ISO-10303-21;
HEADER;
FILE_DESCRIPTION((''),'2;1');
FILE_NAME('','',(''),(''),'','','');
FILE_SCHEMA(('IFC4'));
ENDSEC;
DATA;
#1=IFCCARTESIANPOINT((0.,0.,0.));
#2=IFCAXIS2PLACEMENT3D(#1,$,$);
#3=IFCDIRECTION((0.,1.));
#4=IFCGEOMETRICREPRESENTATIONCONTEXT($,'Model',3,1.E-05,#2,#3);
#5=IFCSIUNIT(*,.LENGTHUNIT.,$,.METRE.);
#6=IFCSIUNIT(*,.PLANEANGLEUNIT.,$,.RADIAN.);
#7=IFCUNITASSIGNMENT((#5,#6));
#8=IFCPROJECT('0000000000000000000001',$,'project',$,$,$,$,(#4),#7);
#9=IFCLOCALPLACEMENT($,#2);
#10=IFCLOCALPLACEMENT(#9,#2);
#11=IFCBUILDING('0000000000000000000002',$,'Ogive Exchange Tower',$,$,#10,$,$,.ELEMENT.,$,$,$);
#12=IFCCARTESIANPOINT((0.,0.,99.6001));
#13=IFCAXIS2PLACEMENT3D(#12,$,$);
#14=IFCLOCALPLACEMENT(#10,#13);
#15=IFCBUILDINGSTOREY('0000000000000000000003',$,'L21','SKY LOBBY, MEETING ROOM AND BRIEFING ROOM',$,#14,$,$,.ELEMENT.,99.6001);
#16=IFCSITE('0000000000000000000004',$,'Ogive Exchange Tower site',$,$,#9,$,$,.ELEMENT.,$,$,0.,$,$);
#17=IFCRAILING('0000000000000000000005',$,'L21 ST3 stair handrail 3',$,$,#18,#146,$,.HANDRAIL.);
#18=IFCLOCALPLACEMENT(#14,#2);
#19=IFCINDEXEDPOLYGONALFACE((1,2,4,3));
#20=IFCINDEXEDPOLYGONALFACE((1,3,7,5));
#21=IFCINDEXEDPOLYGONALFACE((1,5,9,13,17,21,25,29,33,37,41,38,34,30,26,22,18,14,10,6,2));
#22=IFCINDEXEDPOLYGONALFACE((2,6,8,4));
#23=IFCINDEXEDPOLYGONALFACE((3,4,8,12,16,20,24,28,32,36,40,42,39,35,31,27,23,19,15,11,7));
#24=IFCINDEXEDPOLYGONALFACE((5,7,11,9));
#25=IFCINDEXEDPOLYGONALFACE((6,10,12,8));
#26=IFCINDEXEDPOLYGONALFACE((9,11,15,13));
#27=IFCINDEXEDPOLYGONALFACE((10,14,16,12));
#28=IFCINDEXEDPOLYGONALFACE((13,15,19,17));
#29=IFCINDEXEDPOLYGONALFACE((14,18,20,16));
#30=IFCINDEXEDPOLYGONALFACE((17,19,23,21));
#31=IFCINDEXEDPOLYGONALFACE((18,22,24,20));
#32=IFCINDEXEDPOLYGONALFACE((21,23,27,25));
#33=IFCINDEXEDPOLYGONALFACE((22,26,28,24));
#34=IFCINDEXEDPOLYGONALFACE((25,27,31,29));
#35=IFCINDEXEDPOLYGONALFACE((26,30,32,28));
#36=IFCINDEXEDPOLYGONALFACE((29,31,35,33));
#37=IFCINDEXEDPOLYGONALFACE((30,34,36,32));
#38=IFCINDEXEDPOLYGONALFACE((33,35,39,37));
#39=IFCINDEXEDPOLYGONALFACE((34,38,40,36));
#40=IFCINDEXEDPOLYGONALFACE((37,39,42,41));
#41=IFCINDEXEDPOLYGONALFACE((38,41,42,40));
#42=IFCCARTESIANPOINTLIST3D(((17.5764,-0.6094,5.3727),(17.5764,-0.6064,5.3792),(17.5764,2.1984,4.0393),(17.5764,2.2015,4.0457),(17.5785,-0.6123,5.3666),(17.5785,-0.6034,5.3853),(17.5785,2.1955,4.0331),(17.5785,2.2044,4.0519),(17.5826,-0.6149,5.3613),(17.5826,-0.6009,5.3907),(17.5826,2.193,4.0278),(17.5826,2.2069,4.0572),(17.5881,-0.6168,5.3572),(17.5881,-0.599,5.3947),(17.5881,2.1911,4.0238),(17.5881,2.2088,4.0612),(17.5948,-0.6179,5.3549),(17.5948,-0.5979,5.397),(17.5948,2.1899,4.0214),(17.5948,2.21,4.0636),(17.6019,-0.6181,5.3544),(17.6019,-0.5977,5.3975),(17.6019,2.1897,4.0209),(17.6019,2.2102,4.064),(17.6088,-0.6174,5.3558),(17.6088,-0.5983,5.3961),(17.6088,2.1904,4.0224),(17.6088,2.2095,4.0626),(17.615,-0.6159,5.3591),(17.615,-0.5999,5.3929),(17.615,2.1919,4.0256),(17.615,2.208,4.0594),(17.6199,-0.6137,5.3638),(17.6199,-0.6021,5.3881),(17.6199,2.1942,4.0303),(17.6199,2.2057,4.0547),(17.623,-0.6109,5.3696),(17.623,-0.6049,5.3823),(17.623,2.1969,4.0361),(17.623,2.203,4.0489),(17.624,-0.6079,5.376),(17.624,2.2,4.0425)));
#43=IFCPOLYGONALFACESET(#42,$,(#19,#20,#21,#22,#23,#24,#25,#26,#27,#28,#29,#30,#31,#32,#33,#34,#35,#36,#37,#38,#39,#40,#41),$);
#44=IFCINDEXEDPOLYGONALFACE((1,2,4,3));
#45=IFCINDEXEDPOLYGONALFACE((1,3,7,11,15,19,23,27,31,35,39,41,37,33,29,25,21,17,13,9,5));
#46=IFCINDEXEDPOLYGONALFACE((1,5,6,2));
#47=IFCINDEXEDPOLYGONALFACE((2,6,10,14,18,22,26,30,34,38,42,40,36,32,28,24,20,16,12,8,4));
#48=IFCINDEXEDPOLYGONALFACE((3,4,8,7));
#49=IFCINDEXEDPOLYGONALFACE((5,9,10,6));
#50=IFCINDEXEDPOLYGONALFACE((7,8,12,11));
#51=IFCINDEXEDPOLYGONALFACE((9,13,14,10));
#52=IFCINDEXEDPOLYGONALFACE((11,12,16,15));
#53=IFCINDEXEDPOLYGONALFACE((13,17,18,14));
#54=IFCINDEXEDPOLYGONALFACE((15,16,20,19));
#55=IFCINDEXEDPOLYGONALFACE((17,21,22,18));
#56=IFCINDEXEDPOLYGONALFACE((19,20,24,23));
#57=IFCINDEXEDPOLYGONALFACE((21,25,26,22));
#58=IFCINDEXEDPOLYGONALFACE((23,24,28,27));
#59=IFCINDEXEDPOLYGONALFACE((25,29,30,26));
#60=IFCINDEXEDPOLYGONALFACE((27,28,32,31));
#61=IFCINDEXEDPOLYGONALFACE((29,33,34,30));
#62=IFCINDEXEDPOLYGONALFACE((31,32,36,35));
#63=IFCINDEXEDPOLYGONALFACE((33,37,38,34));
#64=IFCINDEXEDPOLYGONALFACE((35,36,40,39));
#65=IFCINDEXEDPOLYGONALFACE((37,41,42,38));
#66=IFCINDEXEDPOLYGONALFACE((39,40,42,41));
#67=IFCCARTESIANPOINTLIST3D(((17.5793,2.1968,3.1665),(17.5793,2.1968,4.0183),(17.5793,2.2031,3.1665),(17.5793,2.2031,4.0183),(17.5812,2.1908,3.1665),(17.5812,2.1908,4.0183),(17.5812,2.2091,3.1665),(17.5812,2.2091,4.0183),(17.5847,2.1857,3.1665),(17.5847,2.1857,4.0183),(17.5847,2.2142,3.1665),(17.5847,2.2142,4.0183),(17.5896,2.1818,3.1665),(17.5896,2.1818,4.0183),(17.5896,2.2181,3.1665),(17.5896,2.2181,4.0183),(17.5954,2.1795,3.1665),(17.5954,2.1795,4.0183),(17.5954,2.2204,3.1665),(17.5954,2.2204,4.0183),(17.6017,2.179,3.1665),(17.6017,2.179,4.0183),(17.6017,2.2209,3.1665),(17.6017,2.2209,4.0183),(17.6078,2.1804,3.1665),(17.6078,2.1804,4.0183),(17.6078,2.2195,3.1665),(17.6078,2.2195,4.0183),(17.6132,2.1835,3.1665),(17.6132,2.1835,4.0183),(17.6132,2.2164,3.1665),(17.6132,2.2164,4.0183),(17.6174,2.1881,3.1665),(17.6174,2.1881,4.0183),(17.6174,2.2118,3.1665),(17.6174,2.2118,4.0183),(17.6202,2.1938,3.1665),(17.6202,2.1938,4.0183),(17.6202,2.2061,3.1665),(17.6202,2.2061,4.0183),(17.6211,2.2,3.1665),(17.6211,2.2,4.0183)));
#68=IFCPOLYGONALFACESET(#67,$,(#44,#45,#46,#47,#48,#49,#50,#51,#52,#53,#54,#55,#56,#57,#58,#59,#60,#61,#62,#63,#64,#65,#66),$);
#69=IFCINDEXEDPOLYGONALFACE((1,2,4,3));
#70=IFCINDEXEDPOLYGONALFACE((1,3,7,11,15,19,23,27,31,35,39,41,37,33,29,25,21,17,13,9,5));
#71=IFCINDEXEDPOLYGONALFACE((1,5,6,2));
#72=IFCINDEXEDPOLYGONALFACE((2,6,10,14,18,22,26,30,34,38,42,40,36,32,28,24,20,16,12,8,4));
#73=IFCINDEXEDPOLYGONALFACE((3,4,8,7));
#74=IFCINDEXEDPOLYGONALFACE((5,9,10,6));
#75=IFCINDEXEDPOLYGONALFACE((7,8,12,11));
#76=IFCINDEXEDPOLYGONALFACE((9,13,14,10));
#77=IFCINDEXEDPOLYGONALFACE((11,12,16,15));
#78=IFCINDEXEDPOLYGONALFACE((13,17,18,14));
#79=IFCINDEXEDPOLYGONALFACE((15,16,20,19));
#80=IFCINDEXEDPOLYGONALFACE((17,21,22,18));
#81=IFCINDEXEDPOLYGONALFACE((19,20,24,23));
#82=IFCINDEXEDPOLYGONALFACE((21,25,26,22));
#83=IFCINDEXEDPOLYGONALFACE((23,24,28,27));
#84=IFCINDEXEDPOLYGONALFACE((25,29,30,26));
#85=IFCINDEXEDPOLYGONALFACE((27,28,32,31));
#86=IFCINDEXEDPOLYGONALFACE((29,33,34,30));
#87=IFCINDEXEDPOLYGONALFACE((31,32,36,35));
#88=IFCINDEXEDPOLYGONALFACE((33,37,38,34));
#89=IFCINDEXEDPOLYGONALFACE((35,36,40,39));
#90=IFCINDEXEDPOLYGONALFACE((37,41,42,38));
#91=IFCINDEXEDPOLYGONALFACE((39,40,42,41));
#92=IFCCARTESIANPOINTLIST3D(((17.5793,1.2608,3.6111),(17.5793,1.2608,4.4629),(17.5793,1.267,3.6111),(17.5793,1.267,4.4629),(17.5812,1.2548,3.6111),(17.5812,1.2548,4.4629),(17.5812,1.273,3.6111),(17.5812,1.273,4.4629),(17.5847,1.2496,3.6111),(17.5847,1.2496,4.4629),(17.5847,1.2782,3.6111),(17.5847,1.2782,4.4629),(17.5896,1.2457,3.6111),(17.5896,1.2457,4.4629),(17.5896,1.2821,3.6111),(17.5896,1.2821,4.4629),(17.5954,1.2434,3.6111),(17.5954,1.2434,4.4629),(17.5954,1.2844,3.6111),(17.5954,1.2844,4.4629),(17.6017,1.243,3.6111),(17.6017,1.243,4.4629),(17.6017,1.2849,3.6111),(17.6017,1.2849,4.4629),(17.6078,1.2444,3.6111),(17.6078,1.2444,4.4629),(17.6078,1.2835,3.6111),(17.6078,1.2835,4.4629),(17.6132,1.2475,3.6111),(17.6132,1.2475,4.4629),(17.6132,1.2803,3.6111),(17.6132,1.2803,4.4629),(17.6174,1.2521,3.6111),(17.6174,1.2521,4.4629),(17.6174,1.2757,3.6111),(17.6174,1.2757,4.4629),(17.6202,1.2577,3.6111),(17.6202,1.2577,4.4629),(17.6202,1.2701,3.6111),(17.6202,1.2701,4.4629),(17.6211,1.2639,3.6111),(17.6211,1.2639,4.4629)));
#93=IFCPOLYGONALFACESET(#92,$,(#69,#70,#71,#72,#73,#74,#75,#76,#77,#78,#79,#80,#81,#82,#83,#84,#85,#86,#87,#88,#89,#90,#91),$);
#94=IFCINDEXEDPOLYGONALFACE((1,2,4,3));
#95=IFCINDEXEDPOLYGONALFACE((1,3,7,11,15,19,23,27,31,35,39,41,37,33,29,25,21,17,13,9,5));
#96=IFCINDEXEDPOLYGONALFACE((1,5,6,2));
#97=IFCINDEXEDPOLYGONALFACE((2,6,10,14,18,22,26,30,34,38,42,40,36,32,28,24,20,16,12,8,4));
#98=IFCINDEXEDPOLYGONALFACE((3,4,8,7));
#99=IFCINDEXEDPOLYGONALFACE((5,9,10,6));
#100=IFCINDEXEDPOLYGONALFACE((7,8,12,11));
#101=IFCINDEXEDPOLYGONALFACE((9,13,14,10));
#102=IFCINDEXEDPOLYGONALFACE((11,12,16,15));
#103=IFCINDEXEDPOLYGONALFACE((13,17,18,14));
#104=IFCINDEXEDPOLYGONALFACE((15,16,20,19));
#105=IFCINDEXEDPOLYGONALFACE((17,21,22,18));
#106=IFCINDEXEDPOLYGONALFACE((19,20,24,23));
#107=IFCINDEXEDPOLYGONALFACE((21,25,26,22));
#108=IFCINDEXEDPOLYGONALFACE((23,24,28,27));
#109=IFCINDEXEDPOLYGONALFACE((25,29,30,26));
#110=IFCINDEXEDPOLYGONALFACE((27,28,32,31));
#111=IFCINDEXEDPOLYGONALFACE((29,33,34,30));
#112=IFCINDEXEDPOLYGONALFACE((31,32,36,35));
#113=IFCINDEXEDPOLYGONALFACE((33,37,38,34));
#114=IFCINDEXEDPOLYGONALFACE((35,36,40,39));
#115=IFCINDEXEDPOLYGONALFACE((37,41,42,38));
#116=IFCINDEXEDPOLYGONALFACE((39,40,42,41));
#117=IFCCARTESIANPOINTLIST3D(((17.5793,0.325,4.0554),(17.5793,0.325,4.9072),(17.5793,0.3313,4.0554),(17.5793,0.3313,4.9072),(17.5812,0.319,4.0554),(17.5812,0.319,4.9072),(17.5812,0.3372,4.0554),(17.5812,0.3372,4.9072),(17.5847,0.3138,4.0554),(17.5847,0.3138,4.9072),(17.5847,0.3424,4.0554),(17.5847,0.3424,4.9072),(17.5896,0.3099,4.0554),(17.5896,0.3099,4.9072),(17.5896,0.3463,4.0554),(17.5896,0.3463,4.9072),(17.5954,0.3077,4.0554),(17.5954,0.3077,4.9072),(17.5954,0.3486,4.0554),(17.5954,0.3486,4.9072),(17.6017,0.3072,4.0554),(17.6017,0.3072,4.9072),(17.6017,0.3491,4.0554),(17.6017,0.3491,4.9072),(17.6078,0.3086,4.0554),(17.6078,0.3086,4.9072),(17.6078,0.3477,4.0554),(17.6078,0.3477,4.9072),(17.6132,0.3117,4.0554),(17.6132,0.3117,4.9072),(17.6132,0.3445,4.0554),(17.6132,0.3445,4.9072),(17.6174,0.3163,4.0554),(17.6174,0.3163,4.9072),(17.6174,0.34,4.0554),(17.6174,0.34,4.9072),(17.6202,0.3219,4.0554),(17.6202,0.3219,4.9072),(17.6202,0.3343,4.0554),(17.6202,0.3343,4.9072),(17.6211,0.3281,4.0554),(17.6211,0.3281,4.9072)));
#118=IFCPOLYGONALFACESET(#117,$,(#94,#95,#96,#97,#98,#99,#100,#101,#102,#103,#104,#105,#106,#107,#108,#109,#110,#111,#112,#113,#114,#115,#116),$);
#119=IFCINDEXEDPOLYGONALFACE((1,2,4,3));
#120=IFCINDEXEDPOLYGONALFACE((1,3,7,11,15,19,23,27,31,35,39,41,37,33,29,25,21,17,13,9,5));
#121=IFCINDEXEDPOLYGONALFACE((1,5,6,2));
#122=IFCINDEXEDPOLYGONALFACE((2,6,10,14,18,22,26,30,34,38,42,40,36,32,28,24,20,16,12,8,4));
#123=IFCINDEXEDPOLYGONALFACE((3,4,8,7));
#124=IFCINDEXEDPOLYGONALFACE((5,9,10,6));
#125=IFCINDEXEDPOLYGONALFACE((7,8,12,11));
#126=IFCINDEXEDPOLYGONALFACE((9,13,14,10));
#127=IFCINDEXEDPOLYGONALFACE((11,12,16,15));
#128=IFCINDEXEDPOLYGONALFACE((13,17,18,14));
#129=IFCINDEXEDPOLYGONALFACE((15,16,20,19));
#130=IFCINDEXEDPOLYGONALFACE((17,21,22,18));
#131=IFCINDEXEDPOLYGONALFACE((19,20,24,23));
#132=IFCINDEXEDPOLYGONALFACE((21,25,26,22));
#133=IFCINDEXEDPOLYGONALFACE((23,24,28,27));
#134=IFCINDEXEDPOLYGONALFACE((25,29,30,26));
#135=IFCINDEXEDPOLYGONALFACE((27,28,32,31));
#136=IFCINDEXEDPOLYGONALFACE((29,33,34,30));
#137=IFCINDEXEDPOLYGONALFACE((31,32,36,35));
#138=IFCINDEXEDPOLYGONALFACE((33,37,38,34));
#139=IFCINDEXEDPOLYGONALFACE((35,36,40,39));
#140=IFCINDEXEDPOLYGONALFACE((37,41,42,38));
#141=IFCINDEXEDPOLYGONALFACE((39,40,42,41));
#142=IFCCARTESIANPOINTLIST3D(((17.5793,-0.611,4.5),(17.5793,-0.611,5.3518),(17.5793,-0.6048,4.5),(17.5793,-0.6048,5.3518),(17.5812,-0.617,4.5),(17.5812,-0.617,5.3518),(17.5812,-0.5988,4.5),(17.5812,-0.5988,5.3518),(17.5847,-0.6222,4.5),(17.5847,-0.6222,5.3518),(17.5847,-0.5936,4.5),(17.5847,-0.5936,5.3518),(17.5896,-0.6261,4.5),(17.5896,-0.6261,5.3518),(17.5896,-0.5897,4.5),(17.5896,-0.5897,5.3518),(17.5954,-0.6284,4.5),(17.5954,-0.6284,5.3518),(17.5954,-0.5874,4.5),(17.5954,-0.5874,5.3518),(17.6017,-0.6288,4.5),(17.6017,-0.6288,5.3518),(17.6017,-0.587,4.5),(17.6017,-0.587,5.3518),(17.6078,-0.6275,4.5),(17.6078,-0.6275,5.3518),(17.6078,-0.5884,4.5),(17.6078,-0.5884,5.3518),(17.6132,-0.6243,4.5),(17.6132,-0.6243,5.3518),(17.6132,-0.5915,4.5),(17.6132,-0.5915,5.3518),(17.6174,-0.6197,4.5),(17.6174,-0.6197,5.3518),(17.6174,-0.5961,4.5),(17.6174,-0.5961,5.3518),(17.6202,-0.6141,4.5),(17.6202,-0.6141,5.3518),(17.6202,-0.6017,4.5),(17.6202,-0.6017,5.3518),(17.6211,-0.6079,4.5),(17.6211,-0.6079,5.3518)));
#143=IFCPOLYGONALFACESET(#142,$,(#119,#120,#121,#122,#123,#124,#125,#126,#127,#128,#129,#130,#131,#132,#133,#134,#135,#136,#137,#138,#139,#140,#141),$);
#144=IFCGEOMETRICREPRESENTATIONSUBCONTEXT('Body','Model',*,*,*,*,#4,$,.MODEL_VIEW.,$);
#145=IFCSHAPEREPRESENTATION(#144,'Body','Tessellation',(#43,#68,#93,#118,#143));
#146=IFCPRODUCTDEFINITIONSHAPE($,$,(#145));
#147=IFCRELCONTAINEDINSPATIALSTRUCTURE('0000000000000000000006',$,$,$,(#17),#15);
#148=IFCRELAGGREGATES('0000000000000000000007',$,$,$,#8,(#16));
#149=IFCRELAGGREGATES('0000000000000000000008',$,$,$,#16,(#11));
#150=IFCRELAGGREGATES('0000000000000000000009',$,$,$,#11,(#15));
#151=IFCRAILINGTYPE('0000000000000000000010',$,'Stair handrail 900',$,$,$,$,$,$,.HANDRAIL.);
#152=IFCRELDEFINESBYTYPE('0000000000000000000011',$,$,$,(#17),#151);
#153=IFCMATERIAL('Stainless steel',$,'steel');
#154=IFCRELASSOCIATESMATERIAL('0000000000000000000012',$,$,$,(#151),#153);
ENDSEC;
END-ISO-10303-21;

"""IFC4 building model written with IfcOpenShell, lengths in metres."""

from ifc_helpers import new_model, si_unit, direction, frame, origin, origin_2d, place, context, subcontext, project, spatial, circle, extrude, material, type_object, element, save


model = new_model("IFC4")

# Units and contexts
model_context = context("Model", 3, precision=1e-05, world=origin(), true_north=direction((0.0, 1.0)))
body_context = subcontext(model_context, "Body", "Model", "MODEL_VIEW")
ifc_project = project(units=[si_unit("LENGTHUNIT", "METRE"), si_unit("PLANEANGLEUNIT", "RADIAN")], contexts=[model_context])

# Site, building, storey
site_placement = place(None, origin())
site = spatial("IfcSite", under=ifc_project, at=site_placement, Name="Ogive Exchange Tower site", CompositionType="ELEMENT", RefElevation=0.0)
building_placement = place(site_placement, origin())
building = spatial("IfcBuilding", under=site, at=building_placement, Name="Ogive Exchange Tower", CompositionType="ELEMENT")
storey_placement = place(building_placement, frame((0.0, 0.0, 99.6001)))
storey = spatial("IfcBuildingStorey", under=building, at=storey_placement, Name="L21", Description="SKY LOBBY, MEETING ROOM AND BRIEFING ROOM", CompositionType="ELEMENT", Elevation=99.6001)

# Shared definitions
ifc_material_1 = material(Name="Stainless steel", Category="steel")

# Railing
railing_type = type_object("IfcRailingType", Name="Stair handrail 900", PredefinedType="HANDRAIL", material=ifc_material_1)
railing_1_placement = place(storey_placement, frame((17.6001, 2.2, 3.1665)))
element("IfcRailing", 1, at=railing_1_placement, inside=storey, type_object=railing_type, Name="L21 ST3 stair handrail 3", PredefinedType="HANDRAIL", context=body_context, shape_type="SweptSolid", body=[
    extrude(circle(Radius=0.0239, at=origin_2d()), frame((0.0, 0.0, 0.876), z_axis=(0.0, -0.903307, 0.428994), x_axis=(1.0, 0.0, 0.0)), (0.0, 0.0, 1.0), 3.1084),
    extrude(circle(Radius=0.021, at=origin_2d()), origin(), (0.0, 0.0, 1.0), 0.8518),
    extrude(circle(Radius=0.021, at=origin_2d()), frame((0.0, -0.936, 0.4446)), (0.0, 0.0, 1.0), 0.8518),
    extrude(circle(Radius=0.021, at=origin_2d()), frame((0.0, -1.8718, 0.8889)), (0.0, 0.0, 1.0), 0.8518),
    extrude(circle(Radius=0.021, at=origin_2d()), frame((0.0, -2.8079, 1.3335)), (0.0, 0.0, 1.0), 0.8518),
])

save(model, "model.ifc")
